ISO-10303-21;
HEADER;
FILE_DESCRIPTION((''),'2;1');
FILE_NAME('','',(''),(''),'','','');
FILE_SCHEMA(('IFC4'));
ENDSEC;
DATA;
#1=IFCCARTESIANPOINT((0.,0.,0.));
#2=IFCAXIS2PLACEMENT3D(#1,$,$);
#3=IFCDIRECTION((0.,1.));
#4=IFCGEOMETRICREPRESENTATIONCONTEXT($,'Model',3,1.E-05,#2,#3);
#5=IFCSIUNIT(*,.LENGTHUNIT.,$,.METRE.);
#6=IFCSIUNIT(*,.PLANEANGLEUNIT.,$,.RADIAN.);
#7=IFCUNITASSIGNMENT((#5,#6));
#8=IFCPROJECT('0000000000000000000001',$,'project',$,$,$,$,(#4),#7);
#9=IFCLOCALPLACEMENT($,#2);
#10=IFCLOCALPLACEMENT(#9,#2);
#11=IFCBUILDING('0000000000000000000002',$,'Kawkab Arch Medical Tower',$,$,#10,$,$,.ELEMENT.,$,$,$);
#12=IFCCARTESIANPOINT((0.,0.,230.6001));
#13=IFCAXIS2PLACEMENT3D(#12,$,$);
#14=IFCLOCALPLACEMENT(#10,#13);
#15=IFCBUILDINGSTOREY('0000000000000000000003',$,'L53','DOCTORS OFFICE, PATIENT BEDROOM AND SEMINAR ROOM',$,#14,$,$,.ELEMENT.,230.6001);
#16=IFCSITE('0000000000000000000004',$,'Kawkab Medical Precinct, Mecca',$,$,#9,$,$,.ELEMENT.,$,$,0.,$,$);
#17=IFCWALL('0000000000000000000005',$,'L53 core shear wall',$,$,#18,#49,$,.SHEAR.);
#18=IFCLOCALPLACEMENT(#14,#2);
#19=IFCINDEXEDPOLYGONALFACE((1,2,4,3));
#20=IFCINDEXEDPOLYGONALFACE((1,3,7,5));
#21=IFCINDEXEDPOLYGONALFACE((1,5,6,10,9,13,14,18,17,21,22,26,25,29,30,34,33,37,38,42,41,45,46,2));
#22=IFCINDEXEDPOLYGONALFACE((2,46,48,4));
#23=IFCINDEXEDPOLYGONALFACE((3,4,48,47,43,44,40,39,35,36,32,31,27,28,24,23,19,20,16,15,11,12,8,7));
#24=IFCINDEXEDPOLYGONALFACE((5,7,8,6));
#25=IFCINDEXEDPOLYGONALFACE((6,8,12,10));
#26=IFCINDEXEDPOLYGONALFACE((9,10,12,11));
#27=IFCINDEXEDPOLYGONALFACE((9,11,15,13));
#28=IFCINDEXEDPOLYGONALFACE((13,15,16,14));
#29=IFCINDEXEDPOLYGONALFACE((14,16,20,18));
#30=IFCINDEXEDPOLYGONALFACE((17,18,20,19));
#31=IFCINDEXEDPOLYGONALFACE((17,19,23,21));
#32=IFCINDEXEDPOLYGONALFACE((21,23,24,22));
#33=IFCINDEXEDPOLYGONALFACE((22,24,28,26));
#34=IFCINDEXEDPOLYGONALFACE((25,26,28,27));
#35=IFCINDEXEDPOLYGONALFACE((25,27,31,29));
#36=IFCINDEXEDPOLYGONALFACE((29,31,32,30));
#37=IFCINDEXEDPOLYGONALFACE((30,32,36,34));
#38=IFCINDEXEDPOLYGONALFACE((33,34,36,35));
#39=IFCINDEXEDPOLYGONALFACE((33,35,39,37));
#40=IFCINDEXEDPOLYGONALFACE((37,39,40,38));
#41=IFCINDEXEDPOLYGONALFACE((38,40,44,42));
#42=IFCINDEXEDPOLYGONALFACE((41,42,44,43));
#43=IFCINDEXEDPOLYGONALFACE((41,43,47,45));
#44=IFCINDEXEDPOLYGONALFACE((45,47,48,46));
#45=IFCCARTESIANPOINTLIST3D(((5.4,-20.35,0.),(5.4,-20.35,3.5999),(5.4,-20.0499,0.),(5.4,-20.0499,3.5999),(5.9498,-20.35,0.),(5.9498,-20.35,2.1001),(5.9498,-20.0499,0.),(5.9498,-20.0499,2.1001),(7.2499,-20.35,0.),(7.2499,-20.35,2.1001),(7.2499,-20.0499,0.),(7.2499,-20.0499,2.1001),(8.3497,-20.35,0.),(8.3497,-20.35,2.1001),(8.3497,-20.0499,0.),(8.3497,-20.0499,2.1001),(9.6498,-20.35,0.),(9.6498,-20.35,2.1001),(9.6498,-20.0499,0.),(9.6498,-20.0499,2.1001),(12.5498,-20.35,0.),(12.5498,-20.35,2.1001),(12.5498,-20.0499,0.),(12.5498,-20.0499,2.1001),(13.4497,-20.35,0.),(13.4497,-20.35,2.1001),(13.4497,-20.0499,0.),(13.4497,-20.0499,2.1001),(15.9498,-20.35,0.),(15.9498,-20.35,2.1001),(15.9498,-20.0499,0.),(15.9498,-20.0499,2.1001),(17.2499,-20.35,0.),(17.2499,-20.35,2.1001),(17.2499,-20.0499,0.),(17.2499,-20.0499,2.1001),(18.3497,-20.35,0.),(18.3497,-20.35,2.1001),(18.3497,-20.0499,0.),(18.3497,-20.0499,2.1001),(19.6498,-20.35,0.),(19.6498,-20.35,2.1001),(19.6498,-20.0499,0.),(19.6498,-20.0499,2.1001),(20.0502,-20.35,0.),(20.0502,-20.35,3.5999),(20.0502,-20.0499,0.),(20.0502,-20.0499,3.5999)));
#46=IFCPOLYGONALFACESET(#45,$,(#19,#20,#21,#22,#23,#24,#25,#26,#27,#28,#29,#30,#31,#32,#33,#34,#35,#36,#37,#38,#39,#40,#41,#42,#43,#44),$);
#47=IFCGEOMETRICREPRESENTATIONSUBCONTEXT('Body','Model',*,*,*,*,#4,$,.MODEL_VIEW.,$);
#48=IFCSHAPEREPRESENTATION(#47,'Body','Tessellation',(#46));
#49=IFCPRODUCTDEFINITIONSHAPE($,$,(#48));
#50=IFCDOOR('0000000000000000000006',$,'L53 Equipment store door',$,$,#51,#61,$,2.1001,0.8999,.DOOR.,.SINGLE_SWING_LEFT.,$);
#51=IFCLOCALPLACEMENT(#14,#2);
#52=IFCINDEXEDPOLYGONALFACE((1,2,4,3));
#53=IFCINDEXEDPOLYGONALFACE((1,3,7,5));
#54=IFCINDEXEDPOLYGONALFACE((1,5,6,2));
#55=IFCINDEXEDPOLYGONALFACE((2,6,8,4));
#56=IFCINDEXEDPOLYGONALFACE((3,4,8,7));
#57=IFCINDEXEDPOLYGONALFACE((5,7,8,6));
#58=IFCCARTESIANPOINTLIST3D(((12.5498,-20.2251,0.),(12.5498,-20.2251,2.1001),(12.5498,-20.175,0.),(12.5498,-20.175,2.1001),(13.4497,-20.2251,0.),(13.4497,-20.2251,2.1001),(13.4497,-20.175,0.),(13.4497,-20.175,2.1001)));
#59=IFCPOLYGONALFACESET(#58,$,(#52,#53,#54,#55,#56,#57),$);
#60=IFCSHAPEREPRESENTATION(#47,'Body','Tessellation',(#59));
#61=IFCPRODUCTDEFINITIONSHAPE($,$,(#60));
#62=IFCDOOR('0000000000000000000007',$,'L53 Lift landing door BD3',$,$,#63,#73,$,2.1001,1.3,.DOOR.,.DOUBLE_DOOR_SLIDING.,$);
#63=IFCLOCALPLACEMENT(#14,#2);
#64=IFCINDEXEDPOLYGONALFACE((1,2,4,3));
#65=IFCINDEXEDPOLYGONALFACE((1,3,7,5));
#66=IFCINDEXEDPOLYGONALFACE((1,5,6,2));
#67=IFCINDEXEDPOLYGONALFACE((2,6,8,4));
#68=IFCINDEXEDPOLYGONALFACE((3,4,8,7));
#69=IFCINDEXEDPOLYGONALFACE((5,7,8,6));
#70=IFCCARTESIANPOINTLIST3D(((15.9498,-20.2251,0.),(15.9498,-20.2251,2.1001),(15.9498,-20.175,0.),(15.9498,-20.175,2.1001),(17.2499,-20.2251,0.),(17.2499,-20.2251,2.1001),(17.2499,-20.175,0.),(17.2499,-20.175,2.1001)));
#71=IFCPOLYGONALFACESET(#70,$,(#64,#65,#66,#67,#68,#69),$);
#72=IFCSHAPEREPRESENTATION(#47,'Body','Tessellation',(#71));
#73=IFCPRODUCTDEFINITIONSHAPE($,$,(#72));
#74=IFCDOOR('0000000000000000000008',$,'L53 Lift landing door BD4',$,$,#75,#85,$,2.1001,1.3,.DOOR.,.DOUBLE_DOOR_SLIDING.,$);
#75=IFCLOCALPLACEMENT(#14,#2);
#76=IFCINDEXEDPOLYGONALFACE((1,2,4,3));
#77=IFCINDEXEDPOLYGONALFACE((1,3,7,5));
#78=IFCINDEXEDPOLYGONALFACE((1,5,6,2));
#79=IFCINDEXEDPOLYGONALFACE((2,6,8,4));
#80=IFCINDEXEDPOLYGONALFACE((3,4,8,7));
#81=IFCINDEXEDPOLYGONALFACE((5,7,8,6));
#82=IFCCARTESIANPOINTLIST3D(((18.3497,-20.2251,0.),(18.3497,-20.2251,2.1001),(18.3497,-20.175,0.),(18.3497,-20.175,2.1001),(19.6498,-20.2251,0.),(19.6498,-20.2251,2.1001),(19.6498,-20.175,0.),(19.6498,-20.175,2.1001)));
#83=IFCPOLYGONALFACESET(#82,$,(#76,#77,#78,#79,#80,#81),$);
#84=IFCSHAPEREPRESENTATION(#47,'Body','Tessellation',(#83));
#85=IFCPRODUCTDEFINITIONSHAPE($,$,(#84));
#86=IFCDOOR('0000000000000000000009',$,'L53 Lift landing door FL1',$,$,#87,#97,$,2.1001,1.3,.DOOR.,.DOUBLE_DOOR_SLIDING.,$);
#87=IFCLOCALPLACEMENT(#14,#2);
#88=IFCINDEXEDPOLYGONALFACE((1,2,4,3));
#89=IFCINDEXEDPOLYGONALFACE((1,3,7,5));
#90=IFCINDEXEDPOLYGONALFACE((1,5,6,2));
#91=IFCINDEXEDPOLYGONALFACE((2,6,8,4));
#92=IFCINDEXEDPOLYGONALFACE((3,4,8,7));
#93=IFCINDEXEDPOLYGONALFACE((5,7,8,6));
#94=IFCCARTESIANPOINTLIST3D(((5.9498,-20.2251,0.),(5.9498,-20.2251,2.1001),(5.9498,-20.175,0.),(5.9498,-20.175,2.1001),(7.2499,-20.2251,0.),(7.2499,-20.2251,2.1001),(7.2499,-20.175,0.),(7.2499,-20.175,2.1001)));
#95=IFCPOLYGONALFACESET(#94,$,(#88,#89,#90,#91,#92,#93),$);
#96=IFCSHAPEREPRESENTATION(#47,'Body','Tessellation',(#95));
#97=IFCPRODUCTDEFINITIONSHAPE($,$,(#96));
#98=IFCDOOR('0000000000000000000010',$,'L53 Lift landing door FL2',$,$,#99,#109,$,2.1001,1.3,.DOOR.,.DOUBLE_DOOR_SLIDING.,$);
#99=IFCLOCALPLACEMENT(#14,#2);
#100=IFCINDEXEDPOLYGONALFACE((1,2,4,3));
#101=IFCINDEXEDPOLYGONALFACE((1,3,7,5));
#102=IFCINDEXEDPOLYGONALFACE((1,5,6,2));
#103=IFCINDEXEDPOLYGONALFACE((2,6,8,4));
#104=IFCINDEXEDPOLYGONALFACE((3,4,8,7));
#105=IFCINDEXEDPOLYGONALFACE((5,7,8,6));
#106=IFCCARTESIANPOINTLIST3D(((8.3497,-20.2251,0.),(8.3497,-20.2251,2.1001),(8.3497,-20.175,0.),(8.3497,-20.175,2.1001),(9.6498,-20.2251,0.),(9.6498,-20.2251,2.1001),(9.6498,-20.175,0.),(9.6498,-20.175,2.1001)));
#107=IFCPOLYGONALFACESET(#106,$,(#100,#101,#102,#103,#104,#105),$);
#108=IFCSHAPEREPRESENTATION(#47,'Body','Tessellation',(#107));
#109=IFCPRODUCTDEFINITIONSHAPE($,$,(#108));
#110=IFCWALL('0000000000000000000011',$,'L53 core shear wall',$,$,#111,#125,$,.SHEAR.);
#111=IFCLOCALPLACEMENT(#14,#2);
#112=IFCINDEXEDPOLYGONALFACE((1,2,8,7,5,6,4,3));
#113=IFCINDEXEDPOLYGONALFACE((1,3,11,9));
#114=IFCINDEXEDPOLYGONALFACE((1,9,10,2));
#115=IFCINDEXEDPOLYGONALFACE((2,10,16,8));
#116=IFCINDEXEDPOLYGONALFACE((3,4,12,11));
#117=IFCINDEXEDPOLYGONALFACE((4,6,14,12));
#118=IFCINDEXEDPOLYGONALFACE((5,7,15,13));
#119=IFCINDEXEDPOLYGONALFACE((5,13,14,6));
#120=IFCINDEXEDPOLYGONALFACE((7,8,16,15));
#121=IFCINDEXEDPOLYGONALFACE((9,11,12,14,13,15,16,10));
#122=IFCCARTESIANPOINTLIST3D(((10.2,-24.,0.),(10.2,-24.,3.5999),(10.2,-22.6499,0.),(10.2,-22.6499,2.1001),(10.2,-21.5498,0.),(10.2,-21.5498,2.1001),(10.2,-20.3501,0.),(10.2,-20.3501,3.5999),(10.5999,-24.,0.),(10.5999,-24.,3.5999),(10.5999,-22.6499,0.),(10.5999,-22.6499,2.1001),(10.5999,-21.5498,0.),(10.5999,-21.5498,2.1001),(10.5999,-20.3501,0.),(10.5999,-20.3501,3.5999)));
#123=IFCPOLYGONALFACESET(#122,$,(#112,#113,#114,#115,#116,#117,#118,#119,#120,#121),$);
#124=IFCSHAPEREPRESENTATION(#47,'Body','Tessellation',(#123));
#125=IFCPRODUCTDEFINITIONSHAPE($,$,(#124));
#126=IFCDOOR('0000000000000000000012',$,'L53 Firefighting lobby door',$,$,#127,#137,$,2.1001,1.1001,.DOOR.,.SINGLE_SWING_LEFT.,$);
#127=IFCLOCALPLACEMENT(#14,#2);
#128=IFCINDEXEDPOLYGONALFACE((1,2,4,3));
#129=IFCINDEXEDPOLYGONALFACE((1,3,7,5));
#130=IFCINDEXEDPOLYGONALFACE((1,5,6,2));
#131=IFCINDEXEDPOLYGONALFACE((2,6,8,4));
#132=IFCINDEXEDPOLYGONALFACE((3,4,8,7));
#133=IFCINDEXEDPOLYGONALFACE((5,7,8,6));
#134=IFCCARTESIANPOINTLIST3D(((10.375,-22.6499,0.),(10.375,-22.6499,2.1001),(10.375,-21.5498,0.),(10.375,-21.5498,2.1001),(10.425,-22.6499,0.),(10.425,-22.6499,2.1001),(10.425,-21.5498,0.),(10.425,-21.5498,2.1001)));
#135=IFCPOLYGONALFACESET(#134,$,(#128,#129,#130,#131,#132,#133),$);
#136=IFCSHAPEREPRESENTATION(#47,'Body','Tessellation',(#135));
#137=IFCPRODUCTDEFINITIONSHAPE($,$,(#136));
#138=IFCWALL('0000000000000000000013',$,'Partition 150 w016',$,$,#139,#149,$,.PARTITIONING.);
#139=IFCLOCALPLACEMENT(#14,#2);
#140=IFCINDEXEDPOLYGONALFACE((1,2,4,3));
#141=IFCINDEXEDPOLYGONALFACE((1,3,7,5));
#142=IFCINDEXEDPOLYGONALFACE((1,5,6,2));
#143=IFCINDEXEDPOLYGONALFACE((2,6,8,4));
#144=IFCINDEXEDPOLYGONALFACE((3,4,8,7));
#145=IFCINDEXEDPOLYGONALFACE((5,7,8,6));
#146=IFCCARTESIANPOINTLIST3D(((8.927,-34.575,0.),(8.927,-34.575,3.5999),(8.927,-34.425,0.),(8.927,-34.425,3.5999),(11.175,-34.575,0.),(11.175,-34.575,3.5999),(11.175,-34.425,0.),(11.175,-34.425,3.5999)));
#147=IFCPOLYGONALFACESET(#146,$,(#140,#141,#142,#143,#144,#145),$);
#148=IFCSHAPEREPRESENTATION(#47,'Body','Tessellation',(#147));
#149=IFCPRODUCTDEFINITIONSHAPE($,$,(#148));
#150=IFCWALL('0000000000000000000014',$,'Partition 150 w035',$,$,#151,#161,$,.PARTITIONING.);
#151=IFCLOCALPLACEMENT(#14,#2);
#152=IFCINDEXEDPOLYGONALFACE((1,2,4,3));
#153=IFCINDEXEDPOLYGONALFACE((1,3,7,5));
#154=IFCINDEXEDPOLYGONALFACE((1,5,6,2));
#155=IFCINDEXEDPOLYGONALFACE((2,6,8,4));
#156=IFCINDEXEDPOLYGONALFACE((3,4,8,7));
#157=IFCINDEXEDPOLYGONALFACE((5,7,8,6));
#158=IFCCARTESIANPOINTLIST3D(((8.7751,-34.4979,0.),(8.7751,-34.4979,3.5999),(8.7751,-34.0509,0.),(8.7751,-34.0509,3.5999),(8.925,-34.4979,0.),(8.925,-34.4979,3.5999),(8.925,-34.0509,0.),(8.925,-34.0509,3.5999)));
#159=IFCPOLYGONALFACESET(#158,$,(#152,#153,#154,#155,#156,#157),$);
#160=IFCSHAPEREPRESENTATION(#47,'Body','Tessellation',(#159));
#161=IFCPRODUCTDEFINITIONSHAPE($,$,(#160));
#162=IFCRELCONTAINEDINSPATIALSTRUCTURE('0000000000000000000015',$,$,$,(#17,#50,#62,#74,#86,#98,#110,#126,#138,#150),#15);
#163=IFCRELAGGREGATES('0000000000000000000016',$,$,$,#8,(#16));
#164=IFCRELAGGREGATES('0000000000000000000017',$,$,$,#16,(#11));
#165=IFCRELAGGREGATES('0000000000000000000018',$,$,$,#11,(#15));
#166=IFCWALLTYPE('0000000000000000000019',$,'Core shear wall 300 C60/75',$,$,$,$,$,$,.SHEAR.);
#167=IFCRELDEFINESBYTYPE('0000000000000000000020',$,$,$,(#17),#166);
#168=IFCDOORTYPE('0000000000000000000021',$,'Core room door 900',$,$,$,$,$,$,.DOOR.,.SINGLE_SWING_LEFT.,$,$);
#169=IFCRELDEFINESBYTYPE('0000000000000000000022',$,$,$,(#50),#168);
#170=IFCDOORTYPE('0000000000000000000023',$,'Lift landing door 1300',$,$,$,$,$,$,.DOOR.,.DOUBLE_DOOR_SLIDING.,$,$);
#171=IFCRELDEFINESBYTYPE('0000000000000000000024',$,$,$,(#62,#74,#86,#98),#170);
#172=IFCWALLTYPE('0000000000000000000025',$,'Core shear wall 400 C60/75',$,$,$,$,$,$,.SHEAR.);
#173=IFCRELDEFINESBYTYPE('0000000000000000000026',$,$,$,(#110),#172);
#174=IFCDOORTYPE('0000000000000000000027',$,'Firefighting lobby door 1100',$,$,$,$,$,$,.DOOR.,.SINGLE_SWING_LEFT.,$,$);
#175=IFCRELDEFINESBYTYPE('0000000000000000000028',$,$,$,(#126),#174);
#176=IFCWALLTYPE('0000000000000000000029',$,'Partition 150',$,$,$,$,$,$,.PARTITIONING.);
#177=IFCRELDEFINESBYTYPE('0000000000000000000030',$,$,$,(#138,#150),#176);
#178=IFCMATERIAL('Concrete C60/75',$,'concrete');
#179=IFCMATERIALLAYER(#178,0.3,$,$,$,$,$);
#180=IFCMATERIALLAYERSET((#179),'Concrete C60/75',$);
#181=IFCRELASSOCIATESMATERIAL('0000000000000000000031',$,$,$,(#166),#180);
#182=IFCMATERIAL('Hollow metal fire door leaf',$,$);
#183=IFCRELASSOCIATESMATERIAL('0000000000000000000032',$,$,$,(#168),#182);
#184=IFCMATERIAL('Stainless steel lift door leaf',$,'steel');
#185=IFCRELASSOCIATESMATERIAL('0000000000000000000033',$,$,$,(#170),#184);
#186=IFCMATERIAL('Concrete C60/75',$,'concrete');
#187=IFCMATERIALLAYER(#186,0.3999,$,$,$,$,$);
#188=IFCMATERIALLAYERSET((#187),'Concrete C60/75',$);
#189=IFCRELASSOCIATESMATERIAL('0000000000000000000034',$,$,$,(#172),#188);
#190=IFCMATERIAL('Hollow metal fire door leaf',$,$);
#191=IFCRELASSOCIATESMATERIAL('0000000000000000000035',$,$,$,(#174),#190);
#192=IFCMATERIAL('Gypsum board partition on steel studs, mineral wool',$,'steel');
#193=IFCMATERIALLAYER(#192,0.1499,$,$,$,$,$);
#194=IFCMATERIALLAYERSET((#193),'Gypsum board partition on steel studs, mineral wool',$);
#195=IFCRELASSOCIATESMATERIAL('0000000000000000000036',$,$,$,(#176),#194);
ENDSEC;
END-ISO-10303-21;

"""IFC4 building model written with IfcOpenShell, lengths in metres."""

from ifc_helpers import new_model, si_unit, direction, frame, frame_2d, origin, place, context, subcontext, project, spatial, rectangle, extrude, material, layer, layer_set, type_object, element, fill, save


model = new_model("IFC4")

# Units and contexts
model_context = context("Model", 3, precision=1e-05, world=origin(), true_north=direction((0.0, 1.0)))
body_context = subcontext(model_context, "Body", "Model", "MODEL_VIEW")
ifc_project = project(units=[si_unit("LENGTHUNIT", "METRE"), si_unit("PLANEANGLEUNIT", "RADIAN")], contexts=[model_context])

# Site, building, storey
site_placement = place(None, origin())
site = spatial("IfcSite", under=ifc_project, at=site_placement, Name="Kawkab Medical Precinct, Mecca", CompositionType="ELEMENT", RefElevation=0.0)
building_placement = place(site_placement, origin())
building = spatial("IfcBuilding", under=site, at=building_placement, Name="Kawkab Arch Medical Tower", CompositionType="ELEMENT")
storey_placement = place(building_placement, frame((0.0, 0.0, 230.6001)))
storey = spatial("IfcBuildingStorey", under=building, at=storey_placement, Name="L53", Description="DOCTORS OFFICE, PATIENT BEDROOM AND SEMINAR ROOM", CompositionType="ELEMENT", Elevation=230.6001)

# Wall, openings, doors
ifc_material_1 = material(Name="Concrete C60/75", Category="concrete")
ifc_layer_1 = layer(ifc_material_1, 0.3)
ifc_layer_set_1 = layer_set([ifc_layer_1], Name="Concrete C60/75")
wall_type_1 = type_object("IfcWallType", Name="Core shear wall 300 C60/75", PredefinedType="SHEAR", material=ifc_layer_set_1)
wall_1_placement = place(storey_placement, frame((5.3999, -20.2, 0.0), z_axis=(0.0, 0.0, 1.0), x_axis=(1.0, 0.0, 0.0)))
wall_1 = element("IfcWall", 1, at=wall_1_placement, inside=storey, type_object=wall_type_1, Name="L53 core shear wall", PredefinedType="SHEAR", context=body_context, shape_type="SweptSolid", body=[
    extrude(rectangle(XDim=14.6501, YDim=0.3, at=frame_2d((7.3252, 0.0))), origin(), (0.0, 0.0, 1.0), 3.5999),
])
opening_1_placement = place(wall_1_placement, frame((10.55, 0.0, 0.0)))
opening_1 = element("IfcOpeningElement", 2, at=opening_1_placement, cuts=wall_1, PredefinedType="OPENING", context=body_context, shape_type="SweptSolid", body=[
    extrude(rectangle(XDim=1.3, YDim=2.1001, at=frame_2d((0.6499, 1.05))), frame((0.0, 0.1599, 0.0), z_axis=(0.0, -1.0, 0.0), x_axis=(1.0, 0.0, 0.0)), (0.0, 0.0, 1.0), 0.3201),
])
opening_2_placement = place(wall_1_placement, frame((12.95, 0.0, 0.0)))
opening_2 = element("IfcOpeningElement", 3, at=opening_2_placement, cuts=wall_1, PredefinedType="OPENING", context=body_context, shape_type="SweptSolid", body=[
    extrude(rectangle(XDim=1.3, YDim=2.1001, at=frame_2d((0.6499, 1.05))), frame((0.0, 0.1599, 0.0), z_axis=(0.0, -1.0, 0.0), x_axis=(1.0, 0.0, 0.0)), (0.0, 0.0, 1.0), 0.3201),
])
opening_3_placement = place(wall_1_placement, frame((0.55, 0.0, 0.0)))
opening_3 = element("IfcOpeningElement", 4, at=opening_3_placement, cuts=wall_1, PredefinedType="OPENING", context=body_context, shape_type="SweptSolid", body=[
    extrude(rectangle(XDim=1.3, YDim=2.1001, at=frame_2d((0.6499, 1.05))), frame((0.0, 0.1599, 0.0), z_axis=(0.0, -1.0, 0.0), x_axis=(1.0, 0.0, 0.0)), (0.0, 0.0, 1.0), 0.3201),
])
opening_4_placement = place(wall_1_placement, frame((2.95, 0.0, 0.0)))
opening_4 = element("IfcOpeningElement", 5, at=opening_4_placement, cuts=wall_1, PredefinedType="OPENING", context=body_context, shape_type="SweptSolid", body=[
    extrude(rectangle(XDim=1.3, YDim=2.1001, at=frame_2d((0.6499, 1.05))), frame((0.0, 0.1599, 0.0), z_axis=(0.0, -1.0, 0.0), x_axis=(1.0, 0.0, 0.0)), (0.0, 0.0, 1.0), 0.3201),
])
opening_5_placement = place(wall_1_placement, frame((7.1499, 0.0, 0.0)))
opening_5 = element("IfcOpeningElement", 6, at=opening_5_placement, cuts=wall_1, PredefinedType="OPENING", context=body_context, shape_type="SweptSolid", body=[
    extrude(rectangle(XDim=0.8999, YDim=2.1001, at=frame_2d((0.45, 1.05))), frame((0.0, 0.1599, 0.0), z_axis=(0.0, -1.0, 0.0), x_axis=(1.0, 0.0, 0.0)), (0.0, 0.0, 1.0), 0.3201),
])
ifc_material_2 = material(Name="Hollow metal fire door leaf")
door_type_1 = type_object("IfcDoorType", Name="Core room door 900", OperationType="SINGLE_SWING_LEFT", PredefinedType="DOOR", material=ifc_material_2)
door_1_placement = place(opening_5_placement, origin())
door_1 = element("IfcDoor", 7, at=door_1_placement, inside=storey, type_object=door_type_1, Name="L53 Equipment store door", OperationType="SINGLE_SWING_LEFT", OverallHeight=2.1001, OverallWidth=0.8999, PredefinedType="DOOR", context=body_context, shape_type="SweptSolid", body=[
    extrude(rectangle(XDim=0.8999, YDim=2.1001, at=frame_2d((0.45, 1.05))), frame((0.0, 0.0249, 0.0), z_axis=(0.0, -1.0, 0.0), x_axis=(1.0, 0.0, 0.0)), (0.0, 0.0, 1.0), 0.05),
])
fill(opening_5, door_1)
ifc_material_3 = material(Name="Stainless steel lift door leaf", Category="steel")
door_type_2 = type_object("IfcDoorType", Name="Lift landing door 1300", OperationType="DOUBLE_DOOR_SLIDING", PredefinedType="DOOR", material=ifc_material_3)
door_2_placement = place(opening_1_placement, origin())
door_2 = element("IfcDoor", 8, at=door_2_placement, inside=storey, type_object=door_type_2, Name="L53 Lift landing door BD3", OperationType="DOUBLE_DOOR_SLIDING", OverallHeight=2.1001, OverallWidth=1.3, PredefinedType="DOOR", context=body_context, shape_type="SweptSolid", body=[
    extrude(rectangle(XDim=1.3, YDim=2.1001, at=frame_2d((0.6499, 1.05))), frame((0.0, 0.0249, 0.0), z_axis=(0.0, -1.0, 0.0), x_axis=(1.0, 0.0, 0.0)), (0.0, 0.0, 1.0), 0.05),
])
fill(opening_1, door_2)
door_3_placement = place(opening_2_placement, origin())
door_3 = element("IfcDoor", 9, at=door_3_placement, inside=storey, type_object=door_type_2, Name="L53 Lift landing door BD4", OperationType="DOUBLE_DOOR_SLIDING", OverallHeight=2.1001, OverallWidth=1.3, PredefinedType="DOOR", context=body_context, shape_type="SweptSolid", body=[
    extrude(rectangle(XDim=1.3, YDim=2.1001, at=frame_2d((0.6499, 1.05))), frame((0.0, 0.0249, 0.0), z_axis=(0.0, -1.0, 0.0), x_axis=(1.0, 0.0, 0.0)), (0.0, 0.0, 1.0), 0.05),
])
fill(opening_2, door_3)
door_4_placement = place(opening_3_placement, origin())
door_4 = element("IfcDoor", 10, at=door_4_placement, inside=storey, type_object=door_type_2, Name="L53 Lift landing door FL1", OperationType="DOUBLE_DOOR_SLIDING", OverallHeight=2.1001, OverallWidth=1.3, PredefinedType="DOOR", context=body_context, shape_type="SweptSolid", body=[
    extrude(rectangle(XDim=1.3, YDim=2.1001, at=frame_2d((0.6499, 1.05))), frame((0.0, 0.0249, 0.0), z_axis=(0.0, -1.0, 0.0), x_axis=(1.0, 0.0, 0.0)), (0.0, 0.0, 1.0), 0.05),
])
fill(opening_3, door_4)
door_5_placement = place(opening_4_placement, origin())
door_5 = element("IfcDoor", 11, at=door_5_placement, inside=storey, type_object=door_type_2, Name="L53 Lift landing door FL2", OperationType="DOUBLE_DOOR_SLIDING", OverallHeight=2.1001, OverallWidth=1.3, PredefinedType="DOOR", context=body_context, shape_type="SweptSolid", body=[
    extrude(rectangle(XDim=1.3, YDim=2.1001, at=frame_2d((0.6499, 1.05))), frame((0.0, 0.0249, 0.0), z_axis=(0.0, -1.0, 0.0), x_axis=(1.0, 0.0, 0.0)), (0.0, 0.0, 1.0), 0.05),
])
fill(opening_4, door_5)

# Wall, opening, door
ifc_material_4 = material(Name="Concrete C60/75", Category="concrete")
ifc_layer_2 = layer(ifc_material_4, 0.3999)
ifc_layer_set_2 = layer_set([ifc_layer_2], Name="Concrete C60/75")
wall_type_2 = type_object("IfcWallType", Name="Core shear wall 400 C60/75", PredefinedType="SHEAR", material=ifc_layer_set_2)
wall_2_placement = place(storey_placement, frame((10.3999, -24.0, 0.0), z_axis=(0.0, 0.0, 1.0), x_axis=(0.0, 1.0, 0.0)))
wall_2 = element("IfcWall", 12, at=wall_2_placement, inside=storey, type_object=wall_type_2, Name="L53 core shear wall", PredefinedType="SHEAR", context=body_context, shape_type="SweptSolid", body=[
    extrude(rectangle(XDim=3.6499, YDim=0.3999, at=frame_2d((1.825, 0.0))), origin(), (0.0, 0.0, 1.0), 3.5999),
])
opening_6_placement = place(wall_2_placement, frame((1.3501, 0.0, 0.0)))
opening_6 = element("IfcOpeningElement", 13, at=opening_6_placement, cuts=wall_2, PredefinedType="OPENING", context=body_context, shape_type="SweptSolid", body=[
    extrude(rectangle(XDim=1.1001, YDim=2.1001, at=frame_2d((0.55, 1.05))), frame((0.0, 0.21, 0.0), z_axis=(0.0, -1.0, 0.0), x_axis=(1.0, 0.0, 0.0)), (0.0, 0.0, 1.0), 0.4199),
])
ifc_material_5 = material(Name="Hollow metal fire door leaf")
door_type_3 = type_object("IfcDoorType", Name="Firefighting lobby door 1100", OperationType="SINGLE_SWING_LEFT", PredefinedType="DOOR", material=ifc_material_5)
door_6_placement = place(opening_6_placement, origin())
door_6 = element("IfcDoor", 14, at=door_6_placement, inside=storey, type_object=door_type_3, Name="L53 Firefighting lobby door", OperationType="SINGLE_SWING_LEFT", OverallHeight=2.1001, OverallWidth=1.1001, PredefinedType="DOOR", context=body_context, shape_type="SweptSolid", body=[
    extrude(rectangle(XDim=1.1001, YDim=2.1001, at=frame_2d((0.55, 1.05))), frame((0.0, 0.0249, 0.0), z_axis=(0.0, -1.0, 0.0), x_axis=(1.0, 0.0, 0.0)), (0.0, 0.0, 1.0), 0.05),
])
fill(opening_6, door_6)

# Walls
ifc_material_6 = material(Name="Gypsum board partition on steel studs, mineral wool", Category="steel")
ifc_layer_3 = layer(ifc_material_6, 0.1499)
ifc_layer_set_3 = layer_set([ifc_layer_3], Name="Gypsum board partition on steel studs, mineral wool")
wall_type_3 = type_object("IfcWallType", Name="Partition 150", PredefinedType="PARTITIONING", material=ifc_layer_set_3)
wall_3_placement = place(storey_placement, frame((8.927, -34.5, 0.0), z_axis=(0.0, 0.0, 1.0), x_axis=(1.0, 0.0, 0.0)))
element("IfcWall", 15, at=wall_3_placement, inside=storey, type_object=wall_type_3, Name="Partition 150 w016", PredefinedType="PARTITIONING", context=body_context, shape_type="SweptSolid", body=[
    extrude(rectangle(XDim=2.248, YDim=0.1499, at=frame_2d((1.124, 0.0))), origin(), (0.0, 0.0, 1.0), 3.5999),
])
wall_4_placement = place(storey_placement, frame((8.8501, -34.498, 0.0), z_axis=(0.0, 0.0, 1.0), x_axis=(0.0, 1.0, 0.0)))
element("IfcWall", 16, at=wall_4_placement, inside=storey, type_object=wall_type_3, Name="Partition 150 w035", PredefinedType="PARTITIONING", context=body_context, shape_type="SweptSolid", body=[
    extrude(rectangle(XDim=0.447, YDim=0.1499, at=frame_2d((0.2236, 0.0))), origin(), (0.0, 0.0, 1.0), 3.5999),
])

save(model, "model.ifc")
